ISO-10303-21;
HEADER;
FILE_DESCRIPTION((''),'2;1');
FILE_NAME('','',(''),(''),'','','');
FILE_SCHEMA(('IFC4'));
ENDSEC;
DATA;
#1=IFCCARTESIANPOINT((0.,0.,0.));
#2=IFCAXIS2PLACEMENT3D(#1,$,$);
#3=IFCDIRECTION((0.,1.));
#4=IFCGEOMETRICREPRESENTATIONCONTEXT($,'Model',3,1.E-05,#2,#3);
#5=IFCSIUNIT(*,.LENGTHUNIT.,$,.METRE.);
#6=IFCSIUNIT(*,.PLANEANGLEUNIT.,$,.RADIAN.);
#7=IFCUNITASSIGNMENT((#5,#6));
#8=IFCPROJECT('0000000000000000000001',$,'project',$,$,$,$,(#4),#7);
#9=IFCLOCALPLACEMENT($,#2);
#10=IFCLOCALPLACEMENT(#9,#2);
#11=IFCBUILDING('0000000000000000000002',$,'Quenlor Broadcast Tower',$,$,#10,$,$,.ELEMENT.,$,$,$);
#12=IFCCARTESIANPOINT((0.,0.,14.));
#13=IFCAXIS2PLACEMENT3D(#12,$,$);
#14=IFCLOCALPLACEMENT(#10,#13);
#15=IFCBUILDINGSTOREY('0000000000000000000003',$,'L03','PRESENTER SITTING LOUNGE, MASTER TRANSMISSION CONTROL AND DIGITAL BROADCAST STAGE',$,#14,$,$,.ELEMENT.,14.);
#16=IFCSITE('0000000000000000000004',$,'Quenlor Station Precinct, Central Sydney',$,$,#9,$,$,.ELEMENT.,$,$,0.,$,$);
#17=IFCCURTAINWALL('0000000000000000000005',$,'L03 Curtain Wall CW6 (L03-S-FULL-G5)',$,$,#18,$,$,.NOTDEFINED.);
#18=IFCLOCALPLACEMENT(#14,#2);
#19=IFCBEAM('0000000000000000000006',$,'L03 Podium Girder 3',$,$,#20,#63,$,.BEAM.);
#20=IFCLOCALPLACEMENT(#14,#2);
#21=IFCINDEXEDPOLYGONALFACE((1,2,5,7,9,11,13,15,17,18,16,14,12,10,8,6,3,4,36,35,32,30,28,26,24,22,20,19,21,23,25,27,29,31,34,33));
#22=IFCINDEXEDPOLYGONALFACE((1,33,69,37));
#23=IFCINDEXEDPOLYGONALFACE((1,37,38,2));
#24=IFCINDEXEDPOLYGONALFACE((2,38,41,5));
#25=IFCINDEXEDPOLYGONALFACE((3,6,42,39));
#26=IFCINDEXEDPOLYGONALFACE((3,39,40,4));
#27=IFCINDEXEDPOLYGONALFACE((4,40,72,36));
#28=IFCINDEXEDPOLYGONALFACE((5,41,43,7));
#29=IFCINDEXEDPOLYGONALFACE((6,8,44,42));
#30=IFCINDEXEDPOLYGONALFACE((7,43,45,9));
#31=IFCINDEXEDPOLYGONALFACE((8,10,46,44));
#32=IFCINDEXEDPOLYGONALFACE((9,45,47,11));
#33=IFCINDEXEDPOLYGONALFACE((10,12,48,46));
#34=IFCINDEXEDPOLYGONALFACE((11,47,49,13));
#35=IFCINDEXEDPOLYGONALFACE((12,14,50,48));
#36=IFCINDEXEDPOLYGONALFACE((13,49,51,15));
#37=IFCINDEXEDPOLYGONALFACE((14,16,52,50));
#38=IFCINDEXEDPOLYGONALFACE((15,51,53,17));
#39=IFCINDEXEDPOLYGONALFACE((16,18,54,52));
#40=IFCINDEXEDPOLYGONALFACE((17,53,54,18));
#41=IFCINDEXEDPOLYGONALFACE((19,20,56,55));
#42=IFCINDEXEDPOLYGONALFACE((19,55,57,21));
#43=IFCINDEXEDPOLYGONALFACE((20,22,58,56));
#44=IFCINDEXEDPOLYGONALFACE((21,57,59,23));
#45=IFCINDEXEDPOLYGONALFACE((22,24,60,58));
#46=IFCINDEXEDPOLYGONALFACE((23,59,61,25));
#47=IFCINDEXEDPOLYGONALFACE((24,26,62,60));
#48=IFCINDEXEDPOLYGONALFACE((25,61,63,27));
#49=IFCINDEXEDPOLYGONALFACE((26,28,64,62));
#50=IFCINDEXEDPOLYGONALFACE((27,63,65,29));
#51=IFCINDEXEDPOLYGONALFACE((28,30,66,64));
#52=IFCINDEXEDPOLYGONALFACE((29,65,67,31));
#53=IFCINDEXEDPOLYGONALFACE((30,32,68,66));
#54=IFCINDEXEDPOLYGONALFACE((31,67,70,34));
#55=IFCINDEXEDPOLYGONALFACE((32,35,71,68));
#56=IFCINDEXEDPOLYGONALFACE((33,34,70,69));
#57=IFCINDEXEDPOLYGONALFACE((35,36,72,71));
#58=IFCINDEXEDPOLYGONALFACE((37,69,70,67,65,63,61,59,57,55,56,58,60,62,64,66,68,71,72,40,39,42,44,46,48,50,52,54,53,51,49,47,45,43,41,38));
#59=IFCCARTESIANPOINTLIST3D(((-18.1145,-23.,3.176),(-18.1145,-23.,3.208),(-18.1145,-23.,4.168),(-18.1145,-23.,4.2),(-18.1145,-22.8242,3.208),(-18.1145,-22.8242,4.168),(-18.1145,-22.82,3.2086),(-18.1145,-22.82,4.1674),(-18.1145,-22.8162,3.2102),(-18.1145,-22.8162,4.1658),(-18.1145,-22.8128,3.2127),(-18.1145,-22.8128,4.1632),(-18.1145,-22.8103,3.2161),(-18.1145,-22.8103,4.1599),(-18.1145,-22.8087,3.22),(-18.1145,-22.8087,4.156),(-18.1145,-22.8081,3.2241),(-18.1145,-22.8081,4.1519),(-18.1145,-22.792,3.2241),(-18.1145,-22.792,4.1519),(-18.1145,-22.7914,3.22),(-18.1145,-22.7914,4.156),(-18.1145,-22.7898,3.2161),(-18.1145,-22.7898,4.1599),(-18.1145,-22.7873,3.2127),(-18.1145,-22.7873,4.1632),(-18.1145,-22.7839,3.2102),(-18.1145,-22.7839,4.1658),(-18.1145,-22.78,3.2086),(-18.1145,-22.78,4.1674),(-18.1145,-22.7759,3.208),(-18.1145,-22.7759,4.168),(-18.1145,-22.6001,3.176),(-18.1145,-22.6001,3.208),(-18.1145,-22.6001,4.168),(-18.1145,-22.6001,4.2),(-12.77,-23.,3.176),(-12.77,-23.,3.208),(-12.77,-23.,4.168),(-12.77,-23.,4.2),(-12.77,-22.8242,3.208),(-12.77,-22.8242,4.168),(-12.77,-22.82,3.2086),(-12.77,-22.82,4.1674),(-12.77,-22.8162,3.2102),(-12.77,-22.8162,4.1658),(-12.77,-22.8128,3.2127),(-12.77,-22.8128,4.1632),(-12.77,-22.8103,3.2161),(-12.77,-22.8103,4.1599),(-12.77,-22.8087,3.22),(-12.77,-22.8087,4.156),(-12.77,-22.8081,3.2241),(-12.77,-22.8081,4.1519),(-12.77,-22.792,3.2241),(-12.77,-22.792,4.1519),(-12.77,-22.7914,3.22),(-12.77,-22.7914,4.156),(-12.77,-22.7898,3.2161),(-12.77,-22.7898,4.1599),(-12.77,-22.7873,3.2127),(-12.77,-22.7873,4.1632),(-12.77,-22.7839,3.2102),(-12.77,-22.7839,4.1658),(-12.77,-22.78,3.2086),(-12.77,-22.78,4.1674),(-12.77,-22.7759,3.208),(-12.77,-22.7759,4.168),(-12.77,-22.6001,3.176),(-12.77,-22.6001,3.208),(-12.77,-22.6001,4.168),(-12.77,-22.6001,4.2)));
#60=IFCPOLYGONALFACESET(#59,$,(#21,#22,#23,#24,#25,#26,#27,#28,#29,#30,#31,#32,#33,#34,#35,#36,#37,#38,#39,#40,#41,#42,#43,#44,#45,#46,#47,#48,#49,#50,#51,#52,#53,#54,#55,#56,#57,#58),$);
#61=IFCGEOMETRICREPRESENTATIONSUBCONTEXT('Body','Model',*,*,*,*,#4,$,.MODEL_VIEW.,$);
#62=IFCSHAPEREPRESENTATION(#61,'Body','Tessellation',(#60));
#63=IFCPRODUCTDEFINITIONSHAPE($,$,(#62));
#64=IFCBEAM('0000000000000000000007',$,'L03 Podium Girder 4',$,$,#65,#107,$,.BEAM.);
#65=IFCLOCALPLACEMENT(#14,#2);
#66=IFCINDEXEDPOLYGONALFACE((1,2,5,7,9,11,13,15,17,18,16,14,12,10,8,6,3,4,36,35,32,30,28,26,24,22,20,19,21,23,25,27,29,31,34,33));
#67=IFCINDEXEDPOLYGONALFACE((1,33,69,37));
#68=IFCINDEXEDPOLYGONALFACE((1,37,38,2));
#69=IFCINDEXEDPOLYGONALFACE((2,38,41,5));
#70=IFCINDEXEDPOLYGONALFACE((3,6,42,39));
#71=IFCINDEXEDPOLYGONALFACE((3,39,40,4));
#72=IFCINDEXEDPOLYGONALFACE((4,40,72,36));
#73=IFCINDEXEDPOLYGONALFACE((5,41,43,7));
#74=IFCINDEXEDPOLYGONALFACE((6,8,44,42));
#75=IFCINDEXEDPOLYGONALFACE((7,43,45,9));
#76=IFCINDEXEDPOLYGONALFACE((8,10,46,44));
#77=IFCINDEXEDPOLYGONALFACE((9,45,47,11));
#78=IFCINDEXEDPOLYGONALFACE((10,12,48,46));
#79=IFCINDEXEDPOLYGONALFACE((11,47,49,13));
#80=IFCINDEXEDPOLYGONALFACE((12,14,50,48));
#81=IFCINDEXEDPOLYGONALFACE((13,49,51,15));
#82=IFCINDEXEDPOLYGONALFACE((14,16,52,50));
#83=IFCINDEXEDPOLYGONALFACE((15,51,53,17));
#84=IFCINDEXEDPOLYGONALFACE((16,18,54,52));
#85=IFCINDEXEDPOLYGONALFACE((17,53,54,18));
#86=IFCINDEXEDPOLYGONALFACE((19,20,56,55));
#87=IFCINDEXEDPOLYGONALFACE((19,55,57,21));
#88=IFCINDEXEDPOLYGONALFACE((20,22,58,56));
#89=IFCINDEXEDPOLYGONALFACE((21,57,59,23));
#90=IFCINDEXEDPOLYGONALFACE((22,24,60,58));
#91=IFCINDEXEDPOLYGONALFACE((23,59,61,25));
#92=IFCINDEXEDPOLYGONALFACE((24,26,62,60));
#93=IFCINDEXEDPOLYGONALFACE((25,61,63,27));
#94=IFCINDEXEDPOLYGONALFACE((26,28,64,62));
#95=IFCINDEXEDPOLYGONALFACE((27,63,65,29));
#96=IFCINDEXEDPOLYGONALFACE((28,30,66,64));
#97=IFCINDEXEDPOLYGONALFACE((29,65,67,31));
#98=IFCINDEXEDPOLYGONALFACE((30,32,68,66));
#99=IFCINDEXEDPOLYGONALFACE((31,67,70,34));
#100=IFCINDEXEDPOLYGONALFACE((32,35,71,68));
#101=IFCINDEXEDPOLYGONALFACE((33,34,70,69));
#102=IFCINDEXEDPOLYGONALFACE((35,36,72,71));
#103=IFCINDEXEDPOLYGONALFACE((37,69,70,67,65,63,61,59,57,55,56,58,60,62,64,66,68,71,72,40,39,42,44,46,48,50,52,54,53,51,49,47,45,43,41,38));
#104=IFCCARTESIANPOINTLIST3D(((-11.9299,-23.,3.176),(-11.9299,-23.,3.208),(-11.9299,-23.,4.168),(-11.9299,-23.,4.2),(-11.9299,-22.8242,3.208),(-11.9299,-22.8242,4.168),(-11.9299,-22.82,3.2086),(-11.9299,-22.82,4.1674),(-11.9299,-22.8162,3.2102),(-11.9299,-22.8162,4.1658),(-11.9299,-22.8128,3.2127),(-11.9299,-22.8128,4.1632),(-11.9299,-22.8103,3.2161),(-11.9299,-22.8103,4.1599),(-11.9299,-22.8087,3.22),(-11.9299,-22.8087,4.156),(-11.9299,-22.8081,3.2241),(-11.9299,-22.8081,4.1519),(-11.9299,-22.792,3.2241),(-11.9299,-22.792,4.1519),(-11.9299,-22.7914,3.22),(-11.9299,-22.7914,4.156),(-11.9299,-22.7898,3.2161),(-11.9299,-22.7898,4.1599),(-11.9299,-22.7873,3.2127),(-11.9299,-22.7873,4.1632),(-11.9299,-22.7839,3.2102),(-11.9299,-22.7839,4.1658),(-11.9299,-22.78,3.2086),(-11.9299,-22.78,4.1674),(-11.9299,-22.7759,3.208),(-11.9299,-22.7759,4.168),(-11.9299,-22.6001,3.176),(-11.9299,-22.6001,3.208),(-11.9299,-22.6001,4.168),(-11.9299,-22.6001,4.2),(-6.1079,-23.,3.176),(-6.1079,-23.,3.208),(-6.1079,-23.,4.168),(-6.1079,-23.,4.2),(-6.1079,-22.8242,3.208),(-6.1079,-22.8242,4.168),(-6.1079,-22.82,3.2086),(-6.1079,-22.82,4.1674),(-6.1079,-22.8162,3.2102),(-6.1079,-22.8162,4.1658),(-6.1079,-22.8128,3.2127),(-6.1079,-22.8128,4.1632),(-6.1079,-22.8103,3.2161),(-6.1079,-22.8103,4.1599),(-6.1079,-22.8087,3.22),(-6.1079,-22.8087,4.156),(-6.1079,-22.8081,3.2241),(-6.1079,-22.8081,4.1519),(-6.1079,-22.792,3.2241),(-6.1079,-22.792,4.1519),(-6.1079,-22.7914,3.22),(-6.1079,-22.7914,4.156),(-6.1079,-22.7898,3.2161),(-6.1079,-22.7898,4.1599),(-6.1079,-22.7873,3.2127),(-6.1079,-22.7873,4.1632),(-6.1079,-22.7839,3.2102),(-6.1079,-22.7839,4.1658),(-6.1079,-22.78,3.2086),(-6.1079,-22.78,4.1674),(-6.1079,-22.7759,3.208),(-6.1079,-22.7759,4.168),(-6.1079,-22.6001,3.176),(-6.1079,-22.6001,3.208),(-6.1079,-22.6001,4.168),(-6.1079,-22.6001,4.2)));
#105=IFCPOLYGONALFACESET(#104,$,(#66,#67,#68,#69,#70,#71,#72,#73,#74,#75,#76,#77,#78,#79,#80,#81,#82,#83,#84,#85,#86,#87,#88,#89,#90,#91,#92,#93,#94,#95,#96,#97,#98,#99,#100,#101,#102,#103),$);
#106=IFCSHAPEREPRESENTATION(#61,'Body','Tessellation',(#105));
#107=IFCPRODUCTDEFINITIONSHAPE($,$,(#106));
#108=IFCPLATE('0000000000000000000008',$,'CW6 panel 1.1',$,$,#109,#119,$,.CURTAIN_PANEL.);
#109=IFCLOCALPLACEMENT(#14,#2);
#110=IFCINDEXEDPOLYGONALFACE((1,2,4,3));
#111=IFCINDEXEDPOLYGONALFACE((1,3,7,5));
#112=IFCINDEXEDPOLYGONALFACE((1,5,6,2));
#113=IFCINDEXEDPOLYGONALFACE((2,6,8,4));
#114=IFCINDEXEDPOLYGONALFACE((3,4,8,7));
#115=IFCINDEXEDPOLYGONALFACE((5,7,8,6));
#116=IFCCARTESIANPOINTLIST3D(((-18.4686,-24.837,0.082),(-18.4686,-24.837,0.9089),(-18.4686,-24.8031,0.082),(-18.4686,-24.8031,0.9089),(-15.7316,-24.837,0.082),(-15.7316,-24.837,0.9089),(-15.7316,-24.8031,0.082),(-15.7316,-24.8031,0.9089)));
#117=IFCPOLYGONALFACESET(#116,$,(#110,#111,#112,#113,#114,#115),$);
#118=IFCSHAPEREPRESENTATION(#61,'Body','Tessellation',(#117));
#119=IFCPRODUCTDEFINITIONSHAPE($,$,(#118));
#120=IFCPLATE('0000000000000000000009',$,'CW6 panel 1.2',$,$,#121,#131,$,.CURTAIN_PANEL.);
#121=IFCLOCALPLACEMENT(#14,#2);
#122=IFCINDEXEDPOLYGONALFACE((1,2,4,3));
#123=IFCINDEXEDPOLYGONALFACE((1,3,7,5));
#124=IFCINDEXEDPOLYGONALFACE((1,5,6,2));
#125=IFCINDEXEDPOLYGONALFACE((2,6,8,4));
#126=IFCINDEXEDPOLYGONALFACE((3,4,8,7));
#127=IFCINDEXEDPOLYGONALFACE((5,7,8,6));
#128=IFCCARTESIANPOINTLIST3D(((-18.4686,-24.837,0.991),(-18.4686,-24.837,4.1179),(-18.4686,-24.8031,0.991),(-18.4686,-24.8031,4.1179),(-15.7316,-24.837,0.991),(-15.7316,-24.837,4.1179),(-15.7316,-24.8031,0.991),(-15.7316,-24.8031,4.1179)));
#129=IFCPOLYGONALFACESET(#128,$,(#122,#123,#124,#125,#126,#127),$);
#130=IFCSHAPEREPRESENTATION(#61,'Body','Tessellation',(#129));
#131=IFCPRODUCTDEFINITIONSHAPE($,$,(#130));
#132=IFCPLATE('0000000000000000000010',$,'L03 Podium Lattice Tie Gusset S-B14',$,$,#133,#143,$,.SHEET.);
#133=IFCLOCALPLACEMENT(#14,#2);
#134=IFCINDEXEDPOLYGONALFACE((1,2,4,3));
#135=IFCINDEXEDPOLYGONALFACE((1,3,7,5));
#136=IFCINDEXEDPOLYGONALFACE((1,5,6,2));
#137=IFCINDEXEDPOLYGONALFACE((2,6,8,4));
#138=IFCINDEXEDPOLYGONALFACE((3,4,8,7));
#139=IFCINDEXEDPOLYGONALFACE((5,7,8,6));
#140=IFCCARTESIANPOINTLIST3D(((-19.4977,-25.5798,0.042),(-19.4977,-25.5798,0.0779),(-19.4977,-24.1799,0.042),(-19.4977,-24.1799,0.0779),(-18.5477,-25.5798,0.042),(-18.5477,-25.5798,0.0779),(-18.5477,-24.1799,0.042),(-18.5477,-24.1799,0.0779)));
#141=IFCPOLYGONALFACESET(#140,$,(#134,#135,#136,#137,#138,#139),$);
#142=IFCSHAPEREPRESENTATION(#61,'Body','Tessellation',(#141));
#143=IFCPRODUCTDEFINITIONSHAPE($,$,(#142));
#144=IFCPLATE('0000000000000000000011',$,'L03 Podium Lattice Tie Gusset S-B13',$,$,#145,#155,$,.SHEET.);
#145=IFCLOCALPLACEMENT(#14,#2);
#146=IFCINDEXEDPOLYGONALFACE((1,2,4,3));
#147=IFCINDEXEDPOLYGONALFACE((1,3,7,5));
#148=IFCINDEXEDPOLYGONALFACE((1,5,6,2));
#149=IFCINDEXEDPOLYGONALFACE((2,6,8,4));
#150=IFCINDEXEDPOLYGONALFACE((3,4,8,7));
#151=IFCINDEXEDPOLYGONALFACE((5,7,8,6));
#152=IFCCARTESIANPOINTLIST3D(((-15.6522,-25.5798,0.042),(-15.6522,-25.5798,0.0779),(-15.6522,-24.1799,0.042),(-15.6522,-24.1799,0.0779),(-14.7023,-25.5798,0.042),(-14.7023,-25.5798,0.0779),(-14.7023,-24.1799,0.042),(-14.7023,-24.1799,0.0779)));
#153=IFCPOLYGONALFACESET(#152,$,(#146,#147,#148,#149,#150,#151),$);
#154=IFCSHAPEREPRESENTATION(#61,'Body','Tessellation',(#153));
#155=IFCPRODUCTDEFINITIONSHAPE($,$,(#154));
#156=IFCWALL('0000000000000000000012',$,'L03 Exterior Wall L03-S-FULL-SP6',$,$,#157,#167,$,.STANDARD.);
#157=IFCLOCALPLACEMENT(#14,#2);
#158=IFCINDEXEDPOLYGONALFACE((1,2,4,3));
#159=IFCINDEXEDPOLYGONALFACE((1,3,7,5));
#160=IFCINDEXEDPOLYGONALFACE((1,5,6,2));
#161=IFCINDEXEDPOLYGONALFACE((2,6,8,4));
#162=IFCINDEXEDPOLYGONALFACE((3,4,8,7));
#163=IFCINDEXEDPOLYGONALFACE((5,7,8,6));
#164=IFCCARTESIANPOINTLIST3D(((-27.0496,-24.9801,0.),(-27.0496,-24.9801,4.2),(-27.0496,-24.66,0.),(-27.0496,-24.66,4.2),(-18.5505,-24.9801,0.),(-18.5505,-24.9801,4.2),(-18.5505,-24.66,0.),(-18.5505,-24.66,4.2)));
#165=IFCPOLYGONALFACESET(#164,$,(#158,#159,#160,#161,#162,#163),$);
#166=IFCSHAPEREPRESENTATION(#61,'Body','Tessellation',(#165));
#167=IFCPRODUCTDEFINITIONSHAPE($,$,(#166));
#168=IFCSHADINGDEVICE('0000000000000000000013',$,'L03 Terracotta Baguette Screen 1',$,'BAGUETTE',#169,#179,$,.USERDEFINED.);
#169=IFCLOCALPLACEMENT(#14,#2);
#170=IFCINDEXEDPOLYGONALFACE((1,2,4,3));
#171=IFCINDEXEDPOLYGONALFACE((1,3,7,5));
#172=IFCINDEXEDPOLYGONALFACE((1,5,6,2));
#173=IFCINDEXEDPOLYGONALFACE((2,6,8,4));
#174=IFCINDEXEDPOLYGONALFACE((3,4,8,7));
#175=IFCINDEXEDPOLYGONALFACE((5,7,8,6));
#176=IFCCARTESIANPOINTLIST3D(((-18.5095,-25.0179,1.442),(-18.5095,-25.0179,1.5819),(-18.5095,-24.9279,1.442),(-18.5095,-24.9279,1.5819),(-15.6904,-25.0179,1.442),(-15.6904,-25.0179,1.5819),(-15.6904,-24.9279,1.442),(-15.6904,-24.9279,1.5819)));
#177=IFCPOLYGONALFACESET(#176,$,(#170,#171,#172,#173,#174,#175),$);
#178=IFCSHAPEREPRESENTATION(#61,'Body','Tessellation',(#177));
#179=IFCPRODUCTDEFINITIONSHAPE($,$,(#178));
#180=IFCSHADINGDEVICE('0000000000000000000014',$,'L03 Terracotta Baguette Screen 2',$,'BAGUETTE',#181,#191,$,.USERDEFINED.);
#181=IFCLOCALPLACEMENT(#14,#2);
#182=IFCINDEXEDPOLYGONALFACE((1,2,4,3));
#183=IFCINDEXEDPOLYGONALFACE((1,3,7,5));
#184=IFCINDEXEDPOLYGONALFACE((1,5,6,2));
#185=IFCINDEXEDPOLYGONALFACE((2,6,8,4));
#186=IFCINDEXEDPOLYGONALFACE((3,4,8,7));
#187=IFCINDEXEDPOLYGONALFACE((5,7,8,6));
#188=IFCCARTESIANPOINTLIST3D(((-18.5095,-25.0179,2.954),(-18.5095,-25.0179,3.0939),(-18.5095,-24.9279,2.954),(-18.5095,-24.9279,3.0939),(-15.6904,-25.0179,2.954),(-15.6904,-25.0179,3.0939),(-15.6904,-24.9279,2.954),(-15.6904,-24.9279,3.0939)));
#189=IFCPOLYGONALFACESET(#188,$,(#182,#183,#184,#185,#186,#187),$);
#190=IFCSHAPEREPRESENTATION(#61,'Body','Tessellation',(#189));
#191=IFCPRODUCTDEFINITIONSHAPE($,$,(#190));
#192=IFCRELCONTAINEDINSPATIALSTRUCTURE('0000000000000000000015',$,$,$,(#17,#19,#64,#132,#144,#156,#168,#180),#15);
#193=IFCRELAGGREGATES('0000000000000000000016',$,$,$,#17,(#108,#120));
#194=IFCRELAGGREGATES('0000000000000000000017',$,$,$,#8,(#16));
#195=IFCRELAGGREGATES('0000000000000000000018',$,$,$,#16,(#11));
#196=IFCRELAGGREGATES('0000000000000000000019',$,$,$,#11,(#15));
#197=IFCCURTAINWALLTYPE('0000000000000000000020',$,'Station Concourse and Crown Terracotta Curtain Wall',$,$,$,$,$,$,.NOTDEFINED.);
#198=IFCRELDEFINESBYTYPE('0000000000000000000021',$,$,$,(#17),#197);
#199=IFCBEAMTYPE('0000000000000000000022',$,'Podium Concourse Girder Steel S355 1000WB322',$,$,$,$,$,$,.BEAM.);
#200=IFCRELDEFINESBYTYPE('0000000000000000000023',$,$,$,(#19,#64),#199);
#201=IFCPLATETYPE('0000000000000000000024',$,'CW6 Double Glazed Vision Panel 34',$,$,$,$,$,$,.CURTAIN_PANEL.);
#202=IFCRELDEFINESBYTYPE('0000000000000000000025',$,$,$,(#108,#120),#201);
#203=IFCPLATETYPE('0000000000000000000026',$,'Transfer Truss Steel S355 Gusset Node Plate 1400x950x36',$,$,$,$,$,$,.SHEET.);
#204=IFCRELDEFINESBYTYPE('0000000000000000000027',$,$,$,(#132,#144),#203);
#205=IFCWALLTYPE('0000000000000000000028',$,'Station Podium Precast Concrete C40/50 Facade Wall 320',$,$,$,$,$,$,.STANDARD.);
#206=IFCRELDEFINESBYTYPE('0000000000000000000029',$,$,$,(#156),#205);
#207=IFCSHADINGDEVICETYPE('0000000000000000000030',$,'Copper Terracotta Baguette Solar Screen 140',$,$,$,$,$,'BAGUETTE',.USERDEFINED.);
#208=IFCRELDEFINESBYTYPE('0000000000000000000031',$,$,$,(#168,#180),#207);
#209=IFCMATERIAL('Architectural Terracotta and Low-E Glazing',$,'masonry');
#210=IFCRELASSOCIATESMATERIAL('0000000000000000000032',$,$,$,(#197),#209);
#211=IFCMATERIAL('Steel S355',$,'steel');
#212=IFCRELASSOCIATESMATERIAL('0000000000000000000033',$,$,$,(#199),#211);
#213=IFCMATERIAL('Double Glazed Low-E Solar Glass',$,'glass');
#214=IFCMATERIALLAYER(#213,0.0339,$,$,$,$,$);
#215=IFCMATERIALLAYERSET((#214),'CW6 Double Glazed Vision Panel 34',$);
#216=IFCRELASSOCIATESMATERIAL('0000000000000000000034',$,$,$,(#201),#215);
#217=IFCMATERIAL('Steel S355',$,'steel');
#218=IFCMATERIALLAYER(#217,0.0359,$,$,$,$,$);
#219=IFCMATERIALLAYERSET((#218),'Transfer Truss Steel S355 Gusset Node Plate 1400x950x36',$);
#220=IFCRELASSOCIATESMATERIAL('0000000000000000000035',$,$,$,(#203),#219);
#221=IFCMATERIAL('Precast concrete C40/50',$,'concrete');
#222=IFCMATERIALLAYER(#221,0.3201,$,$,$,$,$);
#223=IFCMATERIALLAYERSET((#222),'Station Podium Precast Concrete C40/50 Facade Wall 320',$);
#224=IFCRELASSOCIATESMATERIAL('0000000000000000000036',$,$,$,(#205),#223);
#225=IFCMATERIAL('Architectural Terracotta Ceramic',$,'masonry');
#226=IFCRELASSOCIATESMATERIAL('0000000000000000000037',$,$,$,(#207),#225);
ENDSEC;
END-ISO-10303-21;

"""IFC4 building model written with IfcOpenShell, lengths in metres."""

from ifc_helpers import new_model, si_unit, direction, frame, frame_2d, origin, origin_2d, place, context, subcontext, project, spatial, rectangle, i_section, extrude, material, layer, layer_set, material_profile, profile_set, type_object, element, aggregate, save


model = new_model("IFC4")

# Units and contexts
model_context = context("Model", 3, precision=1e-05, world=origin(), true_north=direction((0.0, 1.0)))
body_context = subcontext(model_context, "Body", "Model", "MODEL_VIEW")
ifc_project = project(units=[si_unit("LENGTHUNIT", "METRE"), si_unit("PLANEANGLEUNIT", "RADIAN")], contexts=[model_context])

# Site, building, storey
site_placement = place(None, origin())
site = spatial("IfcSite", under=ifc_project, at=site_placement, Name="Quenlor Station Precinct, Central Sydney", CompositionType="ELEMENT", RefElevation=0.0)
building_placement = place(site_placement, origin())
building = spatial("IfcBuilding", under=site, at=building_placement, Name="Quenlor Broadcast Tower", CompositionType="ELEMENT")
storey_placement = place(building_placement, frame((0.0, 0.0, 14.0)))
storey = spatial("IfcBuildingStorey", under=building, at=storey_placement, Name="L03", Description="PRESENTER SITTING LOUNGE, MASTER TRANSMISSION CONTROL AND DIGITAL BROADCAST STAGE", CompositionType="ELEMENT", Elevation=14.0)

# Curtain wall
ifc_material_1 = material(Name="Architectural Terracotta and Low-E Glazing", Category="masonry")
curtain_wall_type = type_object("IfcCurtainWallType", Name="Station Concourse and Crown Terracotta Curtain Wall", PredefinedType="NOTDEFINED", material=ifc_material_1)
curtain_wall_placement = place(storey_placement, origin())
curtain_wall = element("IfcCurtainWall", 1, at=curtain_wall_placement, inside=storey, type_object=curtain_wall_type, Name="L03 Curtain Wall CW6 (L03-S-FULL-G5)", PredefinedType="NOTDEFINED")

# Beams
ifc_material_2 = material(Name="Steel S355", Category="steel")
ifc_material_profile_1 = material_profile(ifc_material_2, i_section(OverallWidth=0.3999, OverallDepth=1.0239, WebThickness=0.0161, FlangeThickness=0.032, FilletRadius=0.0161, at=origin_2d()))
ifc_profile_set_1 = profile_set([ifc_material_profile_1], Name="Steel S355 1000WB322")
beam_type = type_object("IfcBeamType", Name="Podium Concourse Girder Steel S355 1000WB322", PredefinedType="BEAM", material=ifc_profile_set_1)
beam_1_placement = place(storey_placement, frame((-18.1145, -22.8, 3.688), z_axis=(1.0, 0.0, 0.0), x_axis=(0.0, 1.0, 0.0)))
element("IfcBeam", 2, at=beam_1_placement, inside=storey, type_object=beam_type, Name="L03 Podium Girder 3", PredefinedType="BEAM", context=body_context, shape_type="SweptSolid", body=[
    extrude(i_section(OverallWidth=0.3999, OverallDepth=1.0239, WebThickness=0.0161, FlangeThickness=0.032, FilletRadius=0.0161, at=origin_2d()), origin(), (0.0, 0.0, 1.0), 5.3445),
])
beam_2_placement = place(storey_placement, frame((-11.9299, -22.8, 3.688), z_axis=(1.0, 0.0, 0.0), x_axis=(0.0, 1.0, 0.0)))
element("IfcBeam", 3, at=beam_2_placement, inside=storey, type_object=beam_type, Name="L03 Podium Girder 4", PredefinedType="BEAM", context=body_context, shape_type="SweptSolid", body=[
    extrude(i_section(OverallWidth=0.3999, OverallDepth=1.0239, WebThickness=0.0161, FlangeThickness=0.032, FilletRadius=0.0161, at=origin_2d()), origin(), (0.0, 0.0, 1.0), 5.822),
])

# Plates
ifc_material_3 = material(Name="Double Glazed Low-E Solar Glass", Category="glass")
ifc_layer_1 = layer(ifc_material_3, 0.0339)
ifc_layer_set_1 = layer_set([ifc_layer_1], Name="CW6 Double Glazed Vision Panel 34")
plate_type_1 = type_object("IfcPlateType", Name="CW6 Double Glazed Vision Panel 34", PredefinedType="CURTAIN_PANEL", material=ifc_layer_set_1)
plate_1_placement = place(storey_placement, frame((-17.1001, -24.8201, 0.082), z_axis=(0.0, 0.0, 1.0), x_axis=(-1.0, 0.0, 0.0)))
plate_1 = element("IfcPlate", 4, at=plate_1_placement, type_object=plate_type_1, Name="CW6 panel 1.1", PredefinedType="CURTAIN_PANEL", context=body_context, shape_type="SweptSolid", body=[
    extrude(rectangle(XDim=2.7371, YDim=0.0339, at=origin_2d()), origin(), (0.0, 0.0, 1.0), 0.8269),
])
plate_2_placement = place(storey_placement, frame((-17.1001, -24.8201, 0.991), z_axis=(0.0, 0.0, 1.0), x_axis=(-1.0, 0.0, 0.0)))
plate_2 = element("IfcPlate", 5, at=plate_2_placement, type_object=plate_type_1, Name="CW6 panel 1.2", PredefinedType="CURTAIN_PANEL", context=body_context, shape_type="SweptSolid", body=[
    extrude(rectangle(XDim=2.7371, YDim=0.0339, at=origin_2d()), origin(), (0.0, 0.0, 1.0), 3.127),
])
aggregate(curtain_wall, [plate_1, plate_2])

# Plates
ifc_material_4 = material(Name="Steel S355", Category="steel")
ifc_layer_2 = layer(ifc_material_4, 0.0359)
ifc_layer_set_2 = layer_set([ifc_layer_2], Name="Transfer Truss Steel S355 Gusset Node Plate 1400x950x36")
plate_type_2 = type_object("IfcPlateType", Name="Transfer Truss Steel S355 Gusset Node Plate 1400x950x36", PredefinedType="SHEET", material=ifc_layer_set_2)
for number, where, z_axis, x_axis, name in (
    (6, (-19.0227, -24.8799, 0.042), (0.0, 0.0, 1.0), (0.0, -1.0, 0.0), "L03 Podium Lattice Tie Gusset S-B14"),
    (7, (-15.1772, -24.8799, 0.042), (0.0, 0.0, 1.0), (0.0, -1.0, 0.0), "L03 Podium Lattice Tie Gusset S-B13"),
):
    element("IfcPlate", number, at=place(storey_placement, frame(where, z_axis=z_axis, x_axis=x_axis)), inside=storey, type_object=plate_type_2, Name=name, PredefinedType="SHEET", context=body_context, shape_type="SweptSolid", body=[
        extrude(rectangle(XDim=1.3999, YDim=0.95, at=origin_2d()), origin(), (0.0, 0.0, 1.0), 0.0359),
    ])

# Wall
ifc_material_5 = material(Name="Precast concrete C40/50", Category="concrete")
ifc_layer_3 = layer(ifc_material_5, 0.3201)
ifc_layer_set_3 = layer_set([ifc_layer_3], Name="Station Podium Precast Concrete C40/50 Facade Wall 320")
wall_type = type_object("IfcWallType", Name="Station Podium Precast Concrete C40/50 Facade Wall 320", PredefinedType="STANDARD", material=ifc_layer_set_3)
wall_placement = place(storey_placement, frame((-18.5505, -24.8201, 0.0), z_axis=(0.0, 0.0, 1.0), x_axis=(-1.0, 0.0, 0.0)))
element("IfcWall", 8, at=wall_placement, inside=storey, type_object=wall_type, Name="L03 Exterior Wall L03-S-FULL-SP6", PredefinedType="STANDARD", context=body_context, shape_type="SweptSolid", body=[
    extrude(rectangle(XDim=8.499, YDim=0.3201, at=frame_2d((4.2495, 0.0))), origin(), (0.0, 0.0, 1.0), 4.2),
])

# Shading devices
ifc_material_6 = material(Name="Architectural Terracotta Ceramic", Category="masonry")
ifc_material_profile_2 = material_profile(ifc_material_6, rectangle(XDim=0.0901, YDim=0.1399, at=origin_2d()))
ifc_profile_set_2 = profile_set([ifc_material_profile_2], Name="Architectural Terracotta Ceramic BAG90x140")
shading_device_type = type_object("IfcShadingDeviceType", Name="Copper Terracotta Baguette Solar Screen 140", ElementType="BAGUETTE", PredefinedType="USERDEFINED", material=ifc_profile_set_2)
for number, where, z_axis, x_axis, name in (
    (9, (-15.6904, -24.9729, 1.512), (-1.0, 0.0, 0.0), (0.0, -1.0, 0.0), "L03 Terracotta Baguette Screen 1"),
    (10, (-15.6904, -24.9729, 3.0239), (-1.0, 0.0, 0.0), (0.0, -1.0, 0.0), "L03 Terracotta Baguette Screen 2"),
):
    element("IfcShadingDevice", number, at=place(storey_placement, frame(where, z_axis=z_axis, x_axis=x_axis)), inside=storey, type_object=shading_device_type, Name=name, ObjectType="BAGUETTE", PredefinedType="USERDEFINED", context=body_context, shape_type="SweptSolid", body=[
        extrude(rectangle(XDim=0.0901, YDim=0.1399, at=origin_2d()), origin(), (0.0, 0.0, 1.0), 2.8191),
    ])

save(model, "model.ifc")
